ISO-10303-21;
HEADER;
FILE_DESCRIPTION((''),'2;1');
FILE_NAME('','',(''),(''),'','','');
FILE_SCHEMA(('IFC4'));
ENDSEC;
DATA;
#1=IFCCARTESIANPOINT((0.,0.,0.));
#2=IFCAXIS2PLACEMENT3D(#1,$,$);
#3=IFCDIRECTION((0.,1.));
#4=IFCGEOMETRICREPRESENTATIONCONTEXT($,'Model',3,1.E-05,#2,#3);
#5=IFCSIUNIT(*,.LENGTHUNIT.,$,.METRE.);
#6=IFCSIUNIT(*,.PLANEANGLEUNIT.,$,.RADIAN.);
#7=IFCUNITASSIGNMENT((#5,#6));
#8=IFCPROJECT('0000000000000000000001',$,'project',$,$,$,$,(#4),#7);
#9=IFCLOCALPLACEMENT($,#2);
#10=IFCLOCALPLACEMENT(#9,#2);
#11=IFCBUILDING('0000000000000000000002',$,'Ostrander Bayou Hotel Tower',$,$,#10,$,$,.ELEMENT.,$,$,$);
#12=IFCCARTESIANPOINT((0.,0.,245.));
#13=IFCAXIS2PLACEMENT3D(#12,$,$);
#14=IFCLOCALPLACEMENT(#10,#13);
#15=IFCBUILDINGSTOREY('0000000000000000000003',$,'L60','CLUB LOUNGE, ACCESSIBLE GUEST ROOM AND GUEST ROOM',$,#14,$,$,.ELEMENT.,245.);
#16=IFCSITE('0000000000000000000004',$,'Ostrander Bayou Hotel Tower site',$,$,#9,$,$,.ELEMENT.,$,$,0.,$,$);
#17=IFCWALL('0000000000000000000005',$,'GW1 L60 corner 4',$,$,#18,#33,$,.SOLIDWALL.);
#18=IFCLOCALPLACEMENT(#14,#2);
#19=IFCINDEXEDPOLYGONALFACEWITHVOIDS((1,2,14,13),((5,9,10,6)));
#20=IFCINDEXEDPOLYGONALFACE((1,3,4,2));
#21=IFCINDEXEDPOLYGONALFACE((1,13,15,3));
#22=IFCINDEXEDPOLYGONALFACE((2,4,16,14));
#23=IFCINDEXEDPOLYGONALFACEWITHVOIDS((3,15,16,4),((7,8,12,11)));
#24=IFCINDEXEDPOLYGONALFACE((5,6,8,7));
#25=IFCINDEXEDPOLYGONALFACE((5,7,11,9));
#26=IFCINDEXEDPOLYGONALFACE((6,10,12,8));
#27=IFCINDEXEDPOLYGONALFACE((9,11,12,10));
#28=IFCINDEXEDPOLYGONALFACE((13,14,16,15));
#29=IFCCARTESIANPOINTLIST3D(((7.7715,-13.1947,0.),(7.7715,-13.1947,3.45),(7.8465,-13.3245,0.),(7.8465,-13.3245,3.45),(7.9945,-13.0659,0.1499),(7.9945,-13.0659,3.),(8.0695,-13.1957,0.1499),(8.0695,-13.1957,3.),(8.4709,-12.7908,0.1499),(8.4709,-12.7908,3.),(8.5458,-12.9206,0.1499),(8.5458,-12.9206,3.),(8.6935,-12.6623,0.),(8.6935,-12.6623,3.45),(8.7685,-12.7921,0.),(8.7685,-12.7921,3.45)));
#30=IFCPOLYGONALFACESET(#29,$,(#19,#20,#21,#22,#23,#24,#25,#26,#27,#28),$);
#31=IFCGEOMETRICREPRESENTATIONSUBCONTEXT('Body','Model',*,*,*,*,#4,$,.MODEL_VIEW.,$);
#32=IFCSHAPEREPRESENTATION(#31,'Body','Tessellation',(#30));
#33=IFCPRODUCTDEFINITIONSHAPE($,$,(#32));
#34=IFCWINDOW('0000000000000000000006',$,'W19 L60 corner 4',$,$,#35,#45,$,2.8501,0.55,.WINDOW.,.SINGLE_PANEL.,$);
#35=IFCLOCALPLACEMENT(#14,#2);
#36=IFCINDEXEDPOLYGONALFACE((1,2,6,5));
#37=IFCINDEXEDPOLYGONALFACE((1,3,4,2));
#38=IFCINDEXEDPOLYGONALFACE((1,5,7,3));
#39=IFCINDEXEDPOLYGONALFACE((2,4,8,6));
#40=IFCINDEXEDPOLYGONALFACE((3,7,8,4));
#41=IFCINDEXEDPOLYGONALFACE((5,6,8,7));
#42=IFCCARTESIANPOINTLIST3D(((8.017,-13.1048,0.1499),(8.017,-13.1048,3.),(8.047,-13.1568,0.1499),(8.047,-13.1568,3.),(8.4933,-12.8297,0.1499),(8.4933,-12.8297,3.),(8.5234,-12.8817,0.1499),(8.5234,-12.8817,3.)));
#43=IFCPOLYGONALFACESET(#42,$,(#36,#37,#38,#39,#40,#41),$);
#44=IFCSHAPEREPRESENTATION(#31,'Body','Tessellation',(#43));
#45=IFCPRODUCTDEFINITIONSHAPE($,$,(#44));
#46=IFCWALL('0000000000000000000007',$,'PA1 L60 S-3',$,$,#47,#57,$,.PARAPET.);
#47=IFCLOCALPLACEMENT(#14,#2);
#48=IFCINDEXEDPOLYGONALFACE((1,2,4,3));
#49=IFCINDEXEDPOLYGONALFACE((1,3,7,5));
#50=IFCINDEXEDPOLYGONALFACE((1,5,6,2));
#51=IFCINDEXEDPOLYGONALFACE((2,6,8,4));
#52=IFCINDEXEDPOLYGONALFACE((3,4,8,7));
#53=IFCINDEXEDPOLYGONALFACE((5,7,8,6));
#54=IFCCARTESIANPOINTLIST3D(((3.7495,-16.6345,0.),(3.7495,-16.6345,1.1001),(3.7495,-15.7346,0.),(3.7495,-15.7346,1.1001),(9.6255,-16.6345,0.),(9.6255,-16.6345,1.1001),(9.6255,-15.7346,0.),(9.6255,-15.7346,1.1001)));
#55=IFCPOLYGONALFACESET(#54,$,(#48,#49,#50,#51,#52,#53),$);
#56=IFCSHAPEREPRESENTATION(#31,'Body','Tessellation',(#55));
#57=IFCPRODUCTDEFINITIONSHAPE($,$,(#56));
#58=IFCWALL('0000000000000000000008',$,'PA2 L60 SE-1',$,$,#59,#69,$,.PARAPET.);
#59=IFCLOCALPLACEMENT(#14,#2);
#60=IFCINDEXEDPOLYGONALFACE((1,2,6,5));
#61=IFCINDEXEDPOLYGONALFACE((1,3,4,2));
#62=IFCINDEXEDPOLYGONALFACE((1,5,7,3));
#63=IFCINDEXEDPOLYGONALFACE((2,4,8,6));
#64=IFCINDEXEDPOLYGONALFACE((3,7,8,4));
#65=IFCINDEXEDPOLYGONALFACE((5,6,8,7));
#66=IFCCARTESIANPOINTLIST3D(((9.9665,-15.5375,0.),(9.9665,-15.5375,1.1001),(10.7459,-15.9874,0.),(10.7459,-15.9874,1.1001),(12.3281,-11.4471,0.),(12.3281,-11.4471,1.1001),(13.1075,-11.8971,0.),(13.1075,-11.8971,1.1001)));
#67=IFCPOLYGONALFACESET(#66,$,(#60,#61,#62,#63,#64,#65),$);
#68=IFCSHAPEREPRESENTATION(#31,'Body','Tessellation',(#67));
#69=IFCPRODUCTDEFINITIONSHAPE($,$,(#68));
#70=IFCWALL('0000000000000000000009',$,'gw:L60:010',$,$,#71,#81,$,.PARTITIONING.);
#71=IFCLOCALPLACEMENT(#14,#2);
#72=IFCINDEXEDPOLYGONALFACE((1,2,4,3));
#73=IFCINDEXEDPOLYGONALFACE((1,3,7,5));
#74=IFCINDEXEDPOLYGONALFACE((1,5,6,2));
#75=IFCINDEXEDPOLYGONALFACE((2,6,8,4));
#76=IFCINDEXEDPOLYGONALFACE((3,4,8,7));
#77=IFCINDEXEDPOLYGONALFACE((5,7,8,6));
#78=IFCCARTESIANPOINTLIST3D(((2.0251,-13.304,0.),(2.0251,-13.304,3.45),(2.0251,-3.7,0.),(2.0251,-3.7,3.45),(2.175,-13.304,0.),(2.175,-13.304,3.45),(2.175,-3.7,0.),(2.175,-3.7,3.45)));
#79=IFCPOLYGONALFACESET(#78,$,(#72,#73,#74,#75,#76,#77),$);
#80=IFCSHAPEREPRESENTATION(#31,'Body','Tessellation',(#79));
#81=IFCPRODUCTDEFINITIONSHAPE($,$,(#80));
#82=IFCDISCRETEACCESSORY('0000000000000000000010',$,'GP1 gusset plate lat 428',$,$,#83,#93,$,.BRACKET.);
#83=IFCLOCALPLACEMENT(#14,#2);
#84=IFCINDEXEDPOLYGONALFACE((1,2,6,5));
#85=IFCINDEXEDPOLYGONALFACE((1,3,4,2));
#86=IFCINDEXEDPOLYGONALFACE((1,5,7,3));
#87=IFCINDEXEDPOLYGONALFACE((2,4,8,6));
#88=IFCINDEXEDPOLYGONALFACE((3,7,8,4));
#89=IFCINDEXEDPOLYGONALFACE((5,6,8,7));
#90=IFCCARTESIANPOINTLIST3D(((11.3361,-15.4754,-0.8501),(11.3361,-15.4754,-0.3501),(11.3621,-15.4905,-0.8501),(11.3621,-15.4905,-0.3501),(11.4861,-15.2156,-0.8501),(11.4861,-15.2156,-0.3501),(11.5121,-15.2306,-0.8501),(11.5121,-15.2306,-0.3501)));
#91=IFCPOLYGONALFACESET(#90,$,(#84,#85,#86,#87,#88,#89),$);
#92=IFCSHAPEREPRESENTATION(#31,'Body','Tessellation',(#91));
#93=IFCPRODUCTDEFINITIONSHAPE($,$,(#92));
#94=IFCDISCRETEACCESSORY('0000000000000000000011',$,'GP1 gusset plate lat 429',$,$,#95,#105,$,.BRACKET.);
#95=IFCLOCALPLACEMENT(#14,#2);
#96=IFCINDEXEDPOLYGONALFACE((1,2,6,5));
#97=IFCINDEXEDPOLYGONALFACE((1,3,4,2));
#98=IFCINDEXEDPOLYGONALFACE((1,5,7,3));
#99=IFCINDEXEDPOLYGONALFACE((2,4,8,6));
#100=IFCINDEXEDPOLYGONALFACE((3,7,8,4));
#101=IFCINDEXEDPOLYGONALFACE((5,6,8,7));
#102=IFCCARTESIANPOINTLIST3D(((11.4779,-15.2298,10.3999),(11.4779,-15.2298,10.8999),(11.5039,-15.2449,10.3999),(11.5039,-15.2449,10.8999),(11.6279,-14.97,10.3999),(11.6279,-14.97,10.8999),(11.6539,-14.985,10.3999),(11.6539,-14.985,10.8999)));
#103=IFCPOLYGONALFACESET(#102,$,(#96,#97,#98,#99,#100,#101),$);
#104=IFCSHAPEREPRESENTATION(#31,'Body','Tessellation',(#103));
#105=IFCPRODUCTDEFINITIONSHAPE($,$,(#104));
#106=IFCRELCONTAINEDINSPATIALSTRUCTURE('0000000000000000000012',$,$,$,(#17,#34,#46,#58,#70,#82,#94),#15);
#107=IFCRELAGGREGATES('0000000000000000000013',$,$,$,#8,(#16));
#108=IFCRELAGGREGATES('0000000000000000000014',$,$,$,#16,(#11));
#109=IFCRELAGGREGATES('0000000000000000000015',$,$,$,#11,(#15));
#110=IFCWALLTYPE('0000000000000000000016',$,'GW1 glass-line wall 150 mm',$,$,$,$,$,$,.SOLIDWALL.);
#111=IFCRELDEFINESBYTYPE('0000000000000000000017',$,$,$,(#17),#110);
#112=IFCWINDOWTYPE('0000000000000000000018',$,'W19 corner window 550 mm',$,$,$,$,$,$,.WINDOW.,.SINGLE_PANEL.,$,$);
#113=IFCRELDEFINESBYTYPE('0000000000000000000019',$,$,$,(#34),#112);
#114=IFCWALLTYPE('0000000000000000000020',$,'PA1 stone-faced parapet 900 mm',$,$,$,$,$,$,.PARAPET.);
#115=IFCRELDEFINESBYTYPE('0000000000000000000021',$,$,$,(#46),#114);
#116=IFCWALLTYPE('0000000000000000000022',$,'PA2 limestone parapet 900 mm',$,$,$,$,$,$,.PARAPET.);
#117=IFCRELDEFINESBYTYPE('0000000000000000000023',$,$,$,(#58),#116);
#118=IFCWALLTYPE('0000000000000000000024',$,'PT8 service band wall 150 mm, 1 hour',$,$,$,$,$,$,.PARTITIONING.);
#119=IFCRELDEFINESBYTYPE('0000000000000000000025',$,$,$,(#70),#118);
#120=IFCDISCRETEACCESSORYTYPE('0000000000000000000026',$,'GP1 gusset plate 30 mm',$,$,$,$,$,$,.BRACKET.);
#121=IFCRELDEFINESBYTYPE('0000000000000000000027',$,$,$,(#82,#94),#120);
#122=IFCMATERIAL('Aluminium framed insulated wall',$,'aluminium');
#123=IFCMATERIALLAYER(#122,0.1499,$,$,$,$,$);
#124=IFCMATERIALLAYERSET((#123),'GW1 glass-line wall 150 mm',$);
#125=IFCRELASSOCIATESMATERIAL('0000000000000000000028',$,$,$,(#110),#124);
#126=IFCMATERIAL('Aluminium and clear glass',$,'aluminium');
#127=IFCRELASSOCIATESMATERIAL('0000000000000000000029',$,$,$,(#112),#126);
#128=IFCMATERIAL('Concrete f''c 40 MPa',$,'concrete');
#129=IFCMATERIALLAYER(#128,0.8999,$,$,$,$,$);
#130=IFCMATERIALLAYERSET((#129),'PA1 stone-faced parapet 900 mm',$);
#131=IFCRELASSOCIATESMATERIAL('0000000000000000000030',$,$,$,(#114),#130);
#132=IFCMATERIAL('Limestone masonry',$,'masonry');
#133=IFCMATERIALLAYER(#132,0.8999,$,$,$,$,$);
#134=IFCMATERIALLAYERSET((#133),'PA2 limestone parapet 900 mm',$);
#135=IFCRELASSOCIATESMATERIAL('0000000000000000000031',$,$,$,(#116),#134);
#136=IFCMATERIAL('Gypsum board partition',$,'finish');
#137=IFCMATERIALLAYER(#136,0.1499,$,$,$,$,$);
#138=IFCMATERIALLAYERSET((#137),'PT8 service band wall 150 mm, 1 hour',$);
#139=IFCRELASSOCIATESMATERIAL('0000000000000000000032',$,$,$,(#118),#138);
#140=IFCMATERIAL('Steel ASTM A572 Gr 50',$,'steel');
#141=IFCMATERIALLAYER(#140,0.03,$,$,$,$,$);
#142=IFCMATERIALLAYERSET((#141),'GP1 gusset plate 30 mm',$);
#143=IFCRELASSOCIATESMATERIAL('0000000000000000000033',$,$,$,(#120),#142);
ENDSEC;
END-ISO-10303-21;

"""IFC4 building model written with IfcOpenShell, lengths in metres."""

from ifc_helpers import new_model, si_unit, direction, frame, frame_2d, origin, origin_2d, place, context, subcontext, project, spatial, rectangle, extrude, material, layer, layer_set, type_object, element, fill, save


model = new_model("IFC4")

# Units and contexts
model_context = context("Model", 3, precision=1e-05, world=origin(), true_north=direction((0.0, 1.0)))
body_context = subcontext(model_context, "Body", "Model", "MODEL_VIEW")
ifc_project = project(units=[si_unit("LENGTHUNIT", "METRE"), si_unit("PLANEANGLEUNIT", "RADIAN")], contexts=[model_context])

# Site, building, storey
site_placement = place(None, origin())
site = spatial("IfcSite", under=ifc_project, at=site_placement, Name="Ostrander Bayou Hotel Tower site", CompositionType="ELEMENT", RefElevation=0.0)
building_placement = place(site_placement, origin())
building = spatial("IfcBuilding", under=site, at=building_placement, Name="Ostrander Bayou Hotel Tower", CompositionType="ELEMENT")
storey_placement = place(building_placement, frame((0.0, 0.0, 245.0)))
storey = spatial("IfcBuildingStorey", under=building, at=storey_placement, Name="L60", Description="CLUB LOUNGE, ACCESSIBLE GUEST ROOM AND GUEST ROOM", CompositionType="ELEMENT", Elevation=245.0)

# Shared definitions
ifc_material_1 = material(Name="Aluminium framed insulated wall", Category="aluminium")
ifc_layer_1 = layer(ifc_material_1, 0.1499)
ifc_layer_set_1 = layer_set([ifc_layer_1], Name="GW1 glass-line wall 150 mm")
wall_type_1 = type_object("IfcWallType", Name="GW1 glass-line wall 150 mm", PredefinedType="SOLIDWALL", material=ifc_layer_set_1)

# Wall, opening, window
wall_1_placement = place(storey_placement, frame((7.8091, -13.2595, 0.0), z_axis=(0.0, 0.0, 1.0), x_axis=(0.865991, 0.50006, 0.0)))
wall_1 = element("IfcWall", 1, at=wall_1_placement, inside=storey, type_object=wall_type_1, Name="GW1 L60 corner 4", PredefinedType="SOLIDWALL", context=body_context, shape_type="SweptSolid", body=[
    extrude(rectangle(XDim=1.0647, YDim=0.1499, at=frame_2d((0.5322, 0.0))), origin(), (0.0, 0.0, 1.0), 3.45),
])
opening_1_placement = place(wall_1_placement, frame((0.2576, 0.0, 0.1499)))
opening_1 = element("IfcOpeningElement", 2, at=opening_1_placement, cuts=wall_1, PredefinedType="OPENING", context=body_context, shape_type="SweptSolid", body=[
    extrude(rectangle(XDim=0.55, YDim=2.8501, at=frame_2d((0.2749, 1.425))), frame((0.0, 0.075, 0.0), z_axis=(0.0, -1.0, 0.0), x_axis=(1.0, 0.0, 0.0)), (0.0, 0.0, 1.0), 0.1499),
])
ifc_material_2 = material(Name="Aluminium and clear glass", Category="aluminium")
window_type_1 = type_object("IfcWindowType", Name="W19 corner window 550 mm", PartitioningType="SINGLE_PANEL", PredefinedType="WINDOW", material=ifc_material_2)
window_1_placement = place(opening_1_placement, origin())
window_1 = element("IfcWindow", 3, at=window_1_placement, inside=storey, type_object=window_type_1, Name="W19 L60 corner 4", OverallHeight=2.8501, OverallWidth=0.55, PartitioningType="SINGLE_PANEL", PredefinedType="WINDOW", context=body_context, shape_type="SweptSolid", body=[
    extrude(rectangle(XDim=0.55, YDim=2.8501, at=frame_2d((0.2749, 1.425))), frame((0.0, 0.03, 0.0), z_axis=(0.0, -1.0, 0.0), x_axis=(1.0, 0.0, 0.0)), (0.0, 0.0, 1.0), 0.0601),
])
fill(opening_1, window_1)

# Walls
ifc_material_3 = material(Name="Concrete f'c 40 MPa", Category="concrete")
ifc_layer_2 = layer(ifc_material_3, 0.8999)
ifc_layer_set_2 = layer_set([ifc_layer_2], Name="PA1 stone-faced parapet 900 mm")
wall_type_2 = type_object("IfcWallType", Name="PA1 stone-faced parapet 900 mm", PredefinedType="PARAPET", material=ifc_layer_set_2)
wall_2_placement = place(storey_placement, frame((3.7495, -16.1846, 0.0), z_axis=(0.0, 0.0, 1.0), x_axis=(1.0, 0.0, 0.0)))
element("IfcWall", 4, at=wall_2_placement, inside=storey, type_object=wall_type_2, Name="PA1 L60 S-3", PredefinedType="PARAPET", context=body_context, shape_type="SweptSolid", body=[
    extrude(rectangle(XDim=5.876, YDim=0.8999, at=frame_2d((2.938, 0.0))), origin(), (0.0, 0.0, 1.0), 1.1001),
])
ifc_material_4 = material(Name="Limestone masonry", Category="masonry")
ifc_layer_3 = layer(ifc_material_4, 0.8999)
ifc_layer_set_3 = layer_set([ifc_layer_3], Name="PA2 limestone parapet 900 mm")
wall_type_3 = type_object("IfcWallType", Name="PA2 limestone parapet 900 mm", PredefinedType="PARAPET", material=ifc_layer_set_3)
wall_3_placement = place(storey_placement, frame((10.3562, -15.7625, 0.0), z_axis=(0.0, 0.0, 1.0), x_axis=(0.500003, 0.866024, 0.0)))
element("IfcWall", 5, at=wall_3_placement, inside=storey, type_object=wall_type_3, Name="PA2 L60 SE-1", PredefinedType="PARAPET", context=body_context, shape_type="SweptSolid", body=[
    extrude(rectangle(XDim=4.7231, YDim=0.8999, at=frame_2d((2.3616, 0.0))), origin(), (0.0, 0.0, 1.0), 1.1001),
])
ifc_material_5 = material(Name="Gypsum board partition", Category="finish")
ifc_layer_4 = layer(ifc_material_5, 0.1499)
ifc_layer_set_4 = layer_set([ifc_layer_4], Name="PT8 service band wall 150 mm, 1 hour")
wall_type_4 = type_object("IfcWallType", Name="PT8 service band wall 150 mm, 1 hour", PredefinedType="PARTITIONING", material=ifc_layer_set_4)
wall_4_placement = place(storey_placement, frame((2.1001, -13.304, 0.0), z_axis=(0.0, 0.0, 1.0), x_axis=(0.0, 1.0, 0.0)))
element("IfcWall", 6, at=wall_4_placement, inside=storey, type_object=wall_type_4, Name="gw:L60:010", PredefinedType="PARTITIONING", context=body_context, shape_type="SweptSolid", body=[
    extrude(rectangle(XDim=9.604, YDim=0.1499, at=frame_2d((4.802, 0.0))), origin(), (0.0, 0.0, 1.0), 3.45),
])

# Discrete accessories
ifc_material_6 = material(Name="Steel ASTM A572 Gr 50", Category="steel")
ifc_layer_5 = layer(ifc_material_6, 0.03)
ifc_layer_set_5 = layer_set([ifc_layer_5], Name="GP1 gusset plate 30 mm")
discrete_accessory_type = type_object("IfcDiscreteAccessoryType", Name="GP1 gusset plate 30 mm", PredefinedType="BRACKET", material=ifc_layer_set_5)
for number, where, z_axis, x_axis, name in (
    (7, (11.4241, -15.353, -0.8501), (0.0, 0.0, 1.0), (0.5, 0.866025, 0.0), "GP1 gusset plate lat 428"),
    (8, (11.5659, -15.1074, 10.3999), (0.0, 0.0, 1.0), (0.5, 0.866025, 0.0), "GP1 gusset plate lat 429"),
):
    element("IfcDiscreteAccessory", number, at=place(storey_placement, frame(where, z_axis=z_axis, x_axis=x_axis)), inside=storey, type_object=discrete_accessory_type, Name=name, PredefinedType="BRACKET", context=body_context, shape_type="SweptSolid", body=[
        extrude(rectangle(XDim=0.3, YDim=0.03, at=origin_2d()), origin(), (0.0, 0.0, 1.0), 0.5),
    ])

save(model, "model.ifc")
